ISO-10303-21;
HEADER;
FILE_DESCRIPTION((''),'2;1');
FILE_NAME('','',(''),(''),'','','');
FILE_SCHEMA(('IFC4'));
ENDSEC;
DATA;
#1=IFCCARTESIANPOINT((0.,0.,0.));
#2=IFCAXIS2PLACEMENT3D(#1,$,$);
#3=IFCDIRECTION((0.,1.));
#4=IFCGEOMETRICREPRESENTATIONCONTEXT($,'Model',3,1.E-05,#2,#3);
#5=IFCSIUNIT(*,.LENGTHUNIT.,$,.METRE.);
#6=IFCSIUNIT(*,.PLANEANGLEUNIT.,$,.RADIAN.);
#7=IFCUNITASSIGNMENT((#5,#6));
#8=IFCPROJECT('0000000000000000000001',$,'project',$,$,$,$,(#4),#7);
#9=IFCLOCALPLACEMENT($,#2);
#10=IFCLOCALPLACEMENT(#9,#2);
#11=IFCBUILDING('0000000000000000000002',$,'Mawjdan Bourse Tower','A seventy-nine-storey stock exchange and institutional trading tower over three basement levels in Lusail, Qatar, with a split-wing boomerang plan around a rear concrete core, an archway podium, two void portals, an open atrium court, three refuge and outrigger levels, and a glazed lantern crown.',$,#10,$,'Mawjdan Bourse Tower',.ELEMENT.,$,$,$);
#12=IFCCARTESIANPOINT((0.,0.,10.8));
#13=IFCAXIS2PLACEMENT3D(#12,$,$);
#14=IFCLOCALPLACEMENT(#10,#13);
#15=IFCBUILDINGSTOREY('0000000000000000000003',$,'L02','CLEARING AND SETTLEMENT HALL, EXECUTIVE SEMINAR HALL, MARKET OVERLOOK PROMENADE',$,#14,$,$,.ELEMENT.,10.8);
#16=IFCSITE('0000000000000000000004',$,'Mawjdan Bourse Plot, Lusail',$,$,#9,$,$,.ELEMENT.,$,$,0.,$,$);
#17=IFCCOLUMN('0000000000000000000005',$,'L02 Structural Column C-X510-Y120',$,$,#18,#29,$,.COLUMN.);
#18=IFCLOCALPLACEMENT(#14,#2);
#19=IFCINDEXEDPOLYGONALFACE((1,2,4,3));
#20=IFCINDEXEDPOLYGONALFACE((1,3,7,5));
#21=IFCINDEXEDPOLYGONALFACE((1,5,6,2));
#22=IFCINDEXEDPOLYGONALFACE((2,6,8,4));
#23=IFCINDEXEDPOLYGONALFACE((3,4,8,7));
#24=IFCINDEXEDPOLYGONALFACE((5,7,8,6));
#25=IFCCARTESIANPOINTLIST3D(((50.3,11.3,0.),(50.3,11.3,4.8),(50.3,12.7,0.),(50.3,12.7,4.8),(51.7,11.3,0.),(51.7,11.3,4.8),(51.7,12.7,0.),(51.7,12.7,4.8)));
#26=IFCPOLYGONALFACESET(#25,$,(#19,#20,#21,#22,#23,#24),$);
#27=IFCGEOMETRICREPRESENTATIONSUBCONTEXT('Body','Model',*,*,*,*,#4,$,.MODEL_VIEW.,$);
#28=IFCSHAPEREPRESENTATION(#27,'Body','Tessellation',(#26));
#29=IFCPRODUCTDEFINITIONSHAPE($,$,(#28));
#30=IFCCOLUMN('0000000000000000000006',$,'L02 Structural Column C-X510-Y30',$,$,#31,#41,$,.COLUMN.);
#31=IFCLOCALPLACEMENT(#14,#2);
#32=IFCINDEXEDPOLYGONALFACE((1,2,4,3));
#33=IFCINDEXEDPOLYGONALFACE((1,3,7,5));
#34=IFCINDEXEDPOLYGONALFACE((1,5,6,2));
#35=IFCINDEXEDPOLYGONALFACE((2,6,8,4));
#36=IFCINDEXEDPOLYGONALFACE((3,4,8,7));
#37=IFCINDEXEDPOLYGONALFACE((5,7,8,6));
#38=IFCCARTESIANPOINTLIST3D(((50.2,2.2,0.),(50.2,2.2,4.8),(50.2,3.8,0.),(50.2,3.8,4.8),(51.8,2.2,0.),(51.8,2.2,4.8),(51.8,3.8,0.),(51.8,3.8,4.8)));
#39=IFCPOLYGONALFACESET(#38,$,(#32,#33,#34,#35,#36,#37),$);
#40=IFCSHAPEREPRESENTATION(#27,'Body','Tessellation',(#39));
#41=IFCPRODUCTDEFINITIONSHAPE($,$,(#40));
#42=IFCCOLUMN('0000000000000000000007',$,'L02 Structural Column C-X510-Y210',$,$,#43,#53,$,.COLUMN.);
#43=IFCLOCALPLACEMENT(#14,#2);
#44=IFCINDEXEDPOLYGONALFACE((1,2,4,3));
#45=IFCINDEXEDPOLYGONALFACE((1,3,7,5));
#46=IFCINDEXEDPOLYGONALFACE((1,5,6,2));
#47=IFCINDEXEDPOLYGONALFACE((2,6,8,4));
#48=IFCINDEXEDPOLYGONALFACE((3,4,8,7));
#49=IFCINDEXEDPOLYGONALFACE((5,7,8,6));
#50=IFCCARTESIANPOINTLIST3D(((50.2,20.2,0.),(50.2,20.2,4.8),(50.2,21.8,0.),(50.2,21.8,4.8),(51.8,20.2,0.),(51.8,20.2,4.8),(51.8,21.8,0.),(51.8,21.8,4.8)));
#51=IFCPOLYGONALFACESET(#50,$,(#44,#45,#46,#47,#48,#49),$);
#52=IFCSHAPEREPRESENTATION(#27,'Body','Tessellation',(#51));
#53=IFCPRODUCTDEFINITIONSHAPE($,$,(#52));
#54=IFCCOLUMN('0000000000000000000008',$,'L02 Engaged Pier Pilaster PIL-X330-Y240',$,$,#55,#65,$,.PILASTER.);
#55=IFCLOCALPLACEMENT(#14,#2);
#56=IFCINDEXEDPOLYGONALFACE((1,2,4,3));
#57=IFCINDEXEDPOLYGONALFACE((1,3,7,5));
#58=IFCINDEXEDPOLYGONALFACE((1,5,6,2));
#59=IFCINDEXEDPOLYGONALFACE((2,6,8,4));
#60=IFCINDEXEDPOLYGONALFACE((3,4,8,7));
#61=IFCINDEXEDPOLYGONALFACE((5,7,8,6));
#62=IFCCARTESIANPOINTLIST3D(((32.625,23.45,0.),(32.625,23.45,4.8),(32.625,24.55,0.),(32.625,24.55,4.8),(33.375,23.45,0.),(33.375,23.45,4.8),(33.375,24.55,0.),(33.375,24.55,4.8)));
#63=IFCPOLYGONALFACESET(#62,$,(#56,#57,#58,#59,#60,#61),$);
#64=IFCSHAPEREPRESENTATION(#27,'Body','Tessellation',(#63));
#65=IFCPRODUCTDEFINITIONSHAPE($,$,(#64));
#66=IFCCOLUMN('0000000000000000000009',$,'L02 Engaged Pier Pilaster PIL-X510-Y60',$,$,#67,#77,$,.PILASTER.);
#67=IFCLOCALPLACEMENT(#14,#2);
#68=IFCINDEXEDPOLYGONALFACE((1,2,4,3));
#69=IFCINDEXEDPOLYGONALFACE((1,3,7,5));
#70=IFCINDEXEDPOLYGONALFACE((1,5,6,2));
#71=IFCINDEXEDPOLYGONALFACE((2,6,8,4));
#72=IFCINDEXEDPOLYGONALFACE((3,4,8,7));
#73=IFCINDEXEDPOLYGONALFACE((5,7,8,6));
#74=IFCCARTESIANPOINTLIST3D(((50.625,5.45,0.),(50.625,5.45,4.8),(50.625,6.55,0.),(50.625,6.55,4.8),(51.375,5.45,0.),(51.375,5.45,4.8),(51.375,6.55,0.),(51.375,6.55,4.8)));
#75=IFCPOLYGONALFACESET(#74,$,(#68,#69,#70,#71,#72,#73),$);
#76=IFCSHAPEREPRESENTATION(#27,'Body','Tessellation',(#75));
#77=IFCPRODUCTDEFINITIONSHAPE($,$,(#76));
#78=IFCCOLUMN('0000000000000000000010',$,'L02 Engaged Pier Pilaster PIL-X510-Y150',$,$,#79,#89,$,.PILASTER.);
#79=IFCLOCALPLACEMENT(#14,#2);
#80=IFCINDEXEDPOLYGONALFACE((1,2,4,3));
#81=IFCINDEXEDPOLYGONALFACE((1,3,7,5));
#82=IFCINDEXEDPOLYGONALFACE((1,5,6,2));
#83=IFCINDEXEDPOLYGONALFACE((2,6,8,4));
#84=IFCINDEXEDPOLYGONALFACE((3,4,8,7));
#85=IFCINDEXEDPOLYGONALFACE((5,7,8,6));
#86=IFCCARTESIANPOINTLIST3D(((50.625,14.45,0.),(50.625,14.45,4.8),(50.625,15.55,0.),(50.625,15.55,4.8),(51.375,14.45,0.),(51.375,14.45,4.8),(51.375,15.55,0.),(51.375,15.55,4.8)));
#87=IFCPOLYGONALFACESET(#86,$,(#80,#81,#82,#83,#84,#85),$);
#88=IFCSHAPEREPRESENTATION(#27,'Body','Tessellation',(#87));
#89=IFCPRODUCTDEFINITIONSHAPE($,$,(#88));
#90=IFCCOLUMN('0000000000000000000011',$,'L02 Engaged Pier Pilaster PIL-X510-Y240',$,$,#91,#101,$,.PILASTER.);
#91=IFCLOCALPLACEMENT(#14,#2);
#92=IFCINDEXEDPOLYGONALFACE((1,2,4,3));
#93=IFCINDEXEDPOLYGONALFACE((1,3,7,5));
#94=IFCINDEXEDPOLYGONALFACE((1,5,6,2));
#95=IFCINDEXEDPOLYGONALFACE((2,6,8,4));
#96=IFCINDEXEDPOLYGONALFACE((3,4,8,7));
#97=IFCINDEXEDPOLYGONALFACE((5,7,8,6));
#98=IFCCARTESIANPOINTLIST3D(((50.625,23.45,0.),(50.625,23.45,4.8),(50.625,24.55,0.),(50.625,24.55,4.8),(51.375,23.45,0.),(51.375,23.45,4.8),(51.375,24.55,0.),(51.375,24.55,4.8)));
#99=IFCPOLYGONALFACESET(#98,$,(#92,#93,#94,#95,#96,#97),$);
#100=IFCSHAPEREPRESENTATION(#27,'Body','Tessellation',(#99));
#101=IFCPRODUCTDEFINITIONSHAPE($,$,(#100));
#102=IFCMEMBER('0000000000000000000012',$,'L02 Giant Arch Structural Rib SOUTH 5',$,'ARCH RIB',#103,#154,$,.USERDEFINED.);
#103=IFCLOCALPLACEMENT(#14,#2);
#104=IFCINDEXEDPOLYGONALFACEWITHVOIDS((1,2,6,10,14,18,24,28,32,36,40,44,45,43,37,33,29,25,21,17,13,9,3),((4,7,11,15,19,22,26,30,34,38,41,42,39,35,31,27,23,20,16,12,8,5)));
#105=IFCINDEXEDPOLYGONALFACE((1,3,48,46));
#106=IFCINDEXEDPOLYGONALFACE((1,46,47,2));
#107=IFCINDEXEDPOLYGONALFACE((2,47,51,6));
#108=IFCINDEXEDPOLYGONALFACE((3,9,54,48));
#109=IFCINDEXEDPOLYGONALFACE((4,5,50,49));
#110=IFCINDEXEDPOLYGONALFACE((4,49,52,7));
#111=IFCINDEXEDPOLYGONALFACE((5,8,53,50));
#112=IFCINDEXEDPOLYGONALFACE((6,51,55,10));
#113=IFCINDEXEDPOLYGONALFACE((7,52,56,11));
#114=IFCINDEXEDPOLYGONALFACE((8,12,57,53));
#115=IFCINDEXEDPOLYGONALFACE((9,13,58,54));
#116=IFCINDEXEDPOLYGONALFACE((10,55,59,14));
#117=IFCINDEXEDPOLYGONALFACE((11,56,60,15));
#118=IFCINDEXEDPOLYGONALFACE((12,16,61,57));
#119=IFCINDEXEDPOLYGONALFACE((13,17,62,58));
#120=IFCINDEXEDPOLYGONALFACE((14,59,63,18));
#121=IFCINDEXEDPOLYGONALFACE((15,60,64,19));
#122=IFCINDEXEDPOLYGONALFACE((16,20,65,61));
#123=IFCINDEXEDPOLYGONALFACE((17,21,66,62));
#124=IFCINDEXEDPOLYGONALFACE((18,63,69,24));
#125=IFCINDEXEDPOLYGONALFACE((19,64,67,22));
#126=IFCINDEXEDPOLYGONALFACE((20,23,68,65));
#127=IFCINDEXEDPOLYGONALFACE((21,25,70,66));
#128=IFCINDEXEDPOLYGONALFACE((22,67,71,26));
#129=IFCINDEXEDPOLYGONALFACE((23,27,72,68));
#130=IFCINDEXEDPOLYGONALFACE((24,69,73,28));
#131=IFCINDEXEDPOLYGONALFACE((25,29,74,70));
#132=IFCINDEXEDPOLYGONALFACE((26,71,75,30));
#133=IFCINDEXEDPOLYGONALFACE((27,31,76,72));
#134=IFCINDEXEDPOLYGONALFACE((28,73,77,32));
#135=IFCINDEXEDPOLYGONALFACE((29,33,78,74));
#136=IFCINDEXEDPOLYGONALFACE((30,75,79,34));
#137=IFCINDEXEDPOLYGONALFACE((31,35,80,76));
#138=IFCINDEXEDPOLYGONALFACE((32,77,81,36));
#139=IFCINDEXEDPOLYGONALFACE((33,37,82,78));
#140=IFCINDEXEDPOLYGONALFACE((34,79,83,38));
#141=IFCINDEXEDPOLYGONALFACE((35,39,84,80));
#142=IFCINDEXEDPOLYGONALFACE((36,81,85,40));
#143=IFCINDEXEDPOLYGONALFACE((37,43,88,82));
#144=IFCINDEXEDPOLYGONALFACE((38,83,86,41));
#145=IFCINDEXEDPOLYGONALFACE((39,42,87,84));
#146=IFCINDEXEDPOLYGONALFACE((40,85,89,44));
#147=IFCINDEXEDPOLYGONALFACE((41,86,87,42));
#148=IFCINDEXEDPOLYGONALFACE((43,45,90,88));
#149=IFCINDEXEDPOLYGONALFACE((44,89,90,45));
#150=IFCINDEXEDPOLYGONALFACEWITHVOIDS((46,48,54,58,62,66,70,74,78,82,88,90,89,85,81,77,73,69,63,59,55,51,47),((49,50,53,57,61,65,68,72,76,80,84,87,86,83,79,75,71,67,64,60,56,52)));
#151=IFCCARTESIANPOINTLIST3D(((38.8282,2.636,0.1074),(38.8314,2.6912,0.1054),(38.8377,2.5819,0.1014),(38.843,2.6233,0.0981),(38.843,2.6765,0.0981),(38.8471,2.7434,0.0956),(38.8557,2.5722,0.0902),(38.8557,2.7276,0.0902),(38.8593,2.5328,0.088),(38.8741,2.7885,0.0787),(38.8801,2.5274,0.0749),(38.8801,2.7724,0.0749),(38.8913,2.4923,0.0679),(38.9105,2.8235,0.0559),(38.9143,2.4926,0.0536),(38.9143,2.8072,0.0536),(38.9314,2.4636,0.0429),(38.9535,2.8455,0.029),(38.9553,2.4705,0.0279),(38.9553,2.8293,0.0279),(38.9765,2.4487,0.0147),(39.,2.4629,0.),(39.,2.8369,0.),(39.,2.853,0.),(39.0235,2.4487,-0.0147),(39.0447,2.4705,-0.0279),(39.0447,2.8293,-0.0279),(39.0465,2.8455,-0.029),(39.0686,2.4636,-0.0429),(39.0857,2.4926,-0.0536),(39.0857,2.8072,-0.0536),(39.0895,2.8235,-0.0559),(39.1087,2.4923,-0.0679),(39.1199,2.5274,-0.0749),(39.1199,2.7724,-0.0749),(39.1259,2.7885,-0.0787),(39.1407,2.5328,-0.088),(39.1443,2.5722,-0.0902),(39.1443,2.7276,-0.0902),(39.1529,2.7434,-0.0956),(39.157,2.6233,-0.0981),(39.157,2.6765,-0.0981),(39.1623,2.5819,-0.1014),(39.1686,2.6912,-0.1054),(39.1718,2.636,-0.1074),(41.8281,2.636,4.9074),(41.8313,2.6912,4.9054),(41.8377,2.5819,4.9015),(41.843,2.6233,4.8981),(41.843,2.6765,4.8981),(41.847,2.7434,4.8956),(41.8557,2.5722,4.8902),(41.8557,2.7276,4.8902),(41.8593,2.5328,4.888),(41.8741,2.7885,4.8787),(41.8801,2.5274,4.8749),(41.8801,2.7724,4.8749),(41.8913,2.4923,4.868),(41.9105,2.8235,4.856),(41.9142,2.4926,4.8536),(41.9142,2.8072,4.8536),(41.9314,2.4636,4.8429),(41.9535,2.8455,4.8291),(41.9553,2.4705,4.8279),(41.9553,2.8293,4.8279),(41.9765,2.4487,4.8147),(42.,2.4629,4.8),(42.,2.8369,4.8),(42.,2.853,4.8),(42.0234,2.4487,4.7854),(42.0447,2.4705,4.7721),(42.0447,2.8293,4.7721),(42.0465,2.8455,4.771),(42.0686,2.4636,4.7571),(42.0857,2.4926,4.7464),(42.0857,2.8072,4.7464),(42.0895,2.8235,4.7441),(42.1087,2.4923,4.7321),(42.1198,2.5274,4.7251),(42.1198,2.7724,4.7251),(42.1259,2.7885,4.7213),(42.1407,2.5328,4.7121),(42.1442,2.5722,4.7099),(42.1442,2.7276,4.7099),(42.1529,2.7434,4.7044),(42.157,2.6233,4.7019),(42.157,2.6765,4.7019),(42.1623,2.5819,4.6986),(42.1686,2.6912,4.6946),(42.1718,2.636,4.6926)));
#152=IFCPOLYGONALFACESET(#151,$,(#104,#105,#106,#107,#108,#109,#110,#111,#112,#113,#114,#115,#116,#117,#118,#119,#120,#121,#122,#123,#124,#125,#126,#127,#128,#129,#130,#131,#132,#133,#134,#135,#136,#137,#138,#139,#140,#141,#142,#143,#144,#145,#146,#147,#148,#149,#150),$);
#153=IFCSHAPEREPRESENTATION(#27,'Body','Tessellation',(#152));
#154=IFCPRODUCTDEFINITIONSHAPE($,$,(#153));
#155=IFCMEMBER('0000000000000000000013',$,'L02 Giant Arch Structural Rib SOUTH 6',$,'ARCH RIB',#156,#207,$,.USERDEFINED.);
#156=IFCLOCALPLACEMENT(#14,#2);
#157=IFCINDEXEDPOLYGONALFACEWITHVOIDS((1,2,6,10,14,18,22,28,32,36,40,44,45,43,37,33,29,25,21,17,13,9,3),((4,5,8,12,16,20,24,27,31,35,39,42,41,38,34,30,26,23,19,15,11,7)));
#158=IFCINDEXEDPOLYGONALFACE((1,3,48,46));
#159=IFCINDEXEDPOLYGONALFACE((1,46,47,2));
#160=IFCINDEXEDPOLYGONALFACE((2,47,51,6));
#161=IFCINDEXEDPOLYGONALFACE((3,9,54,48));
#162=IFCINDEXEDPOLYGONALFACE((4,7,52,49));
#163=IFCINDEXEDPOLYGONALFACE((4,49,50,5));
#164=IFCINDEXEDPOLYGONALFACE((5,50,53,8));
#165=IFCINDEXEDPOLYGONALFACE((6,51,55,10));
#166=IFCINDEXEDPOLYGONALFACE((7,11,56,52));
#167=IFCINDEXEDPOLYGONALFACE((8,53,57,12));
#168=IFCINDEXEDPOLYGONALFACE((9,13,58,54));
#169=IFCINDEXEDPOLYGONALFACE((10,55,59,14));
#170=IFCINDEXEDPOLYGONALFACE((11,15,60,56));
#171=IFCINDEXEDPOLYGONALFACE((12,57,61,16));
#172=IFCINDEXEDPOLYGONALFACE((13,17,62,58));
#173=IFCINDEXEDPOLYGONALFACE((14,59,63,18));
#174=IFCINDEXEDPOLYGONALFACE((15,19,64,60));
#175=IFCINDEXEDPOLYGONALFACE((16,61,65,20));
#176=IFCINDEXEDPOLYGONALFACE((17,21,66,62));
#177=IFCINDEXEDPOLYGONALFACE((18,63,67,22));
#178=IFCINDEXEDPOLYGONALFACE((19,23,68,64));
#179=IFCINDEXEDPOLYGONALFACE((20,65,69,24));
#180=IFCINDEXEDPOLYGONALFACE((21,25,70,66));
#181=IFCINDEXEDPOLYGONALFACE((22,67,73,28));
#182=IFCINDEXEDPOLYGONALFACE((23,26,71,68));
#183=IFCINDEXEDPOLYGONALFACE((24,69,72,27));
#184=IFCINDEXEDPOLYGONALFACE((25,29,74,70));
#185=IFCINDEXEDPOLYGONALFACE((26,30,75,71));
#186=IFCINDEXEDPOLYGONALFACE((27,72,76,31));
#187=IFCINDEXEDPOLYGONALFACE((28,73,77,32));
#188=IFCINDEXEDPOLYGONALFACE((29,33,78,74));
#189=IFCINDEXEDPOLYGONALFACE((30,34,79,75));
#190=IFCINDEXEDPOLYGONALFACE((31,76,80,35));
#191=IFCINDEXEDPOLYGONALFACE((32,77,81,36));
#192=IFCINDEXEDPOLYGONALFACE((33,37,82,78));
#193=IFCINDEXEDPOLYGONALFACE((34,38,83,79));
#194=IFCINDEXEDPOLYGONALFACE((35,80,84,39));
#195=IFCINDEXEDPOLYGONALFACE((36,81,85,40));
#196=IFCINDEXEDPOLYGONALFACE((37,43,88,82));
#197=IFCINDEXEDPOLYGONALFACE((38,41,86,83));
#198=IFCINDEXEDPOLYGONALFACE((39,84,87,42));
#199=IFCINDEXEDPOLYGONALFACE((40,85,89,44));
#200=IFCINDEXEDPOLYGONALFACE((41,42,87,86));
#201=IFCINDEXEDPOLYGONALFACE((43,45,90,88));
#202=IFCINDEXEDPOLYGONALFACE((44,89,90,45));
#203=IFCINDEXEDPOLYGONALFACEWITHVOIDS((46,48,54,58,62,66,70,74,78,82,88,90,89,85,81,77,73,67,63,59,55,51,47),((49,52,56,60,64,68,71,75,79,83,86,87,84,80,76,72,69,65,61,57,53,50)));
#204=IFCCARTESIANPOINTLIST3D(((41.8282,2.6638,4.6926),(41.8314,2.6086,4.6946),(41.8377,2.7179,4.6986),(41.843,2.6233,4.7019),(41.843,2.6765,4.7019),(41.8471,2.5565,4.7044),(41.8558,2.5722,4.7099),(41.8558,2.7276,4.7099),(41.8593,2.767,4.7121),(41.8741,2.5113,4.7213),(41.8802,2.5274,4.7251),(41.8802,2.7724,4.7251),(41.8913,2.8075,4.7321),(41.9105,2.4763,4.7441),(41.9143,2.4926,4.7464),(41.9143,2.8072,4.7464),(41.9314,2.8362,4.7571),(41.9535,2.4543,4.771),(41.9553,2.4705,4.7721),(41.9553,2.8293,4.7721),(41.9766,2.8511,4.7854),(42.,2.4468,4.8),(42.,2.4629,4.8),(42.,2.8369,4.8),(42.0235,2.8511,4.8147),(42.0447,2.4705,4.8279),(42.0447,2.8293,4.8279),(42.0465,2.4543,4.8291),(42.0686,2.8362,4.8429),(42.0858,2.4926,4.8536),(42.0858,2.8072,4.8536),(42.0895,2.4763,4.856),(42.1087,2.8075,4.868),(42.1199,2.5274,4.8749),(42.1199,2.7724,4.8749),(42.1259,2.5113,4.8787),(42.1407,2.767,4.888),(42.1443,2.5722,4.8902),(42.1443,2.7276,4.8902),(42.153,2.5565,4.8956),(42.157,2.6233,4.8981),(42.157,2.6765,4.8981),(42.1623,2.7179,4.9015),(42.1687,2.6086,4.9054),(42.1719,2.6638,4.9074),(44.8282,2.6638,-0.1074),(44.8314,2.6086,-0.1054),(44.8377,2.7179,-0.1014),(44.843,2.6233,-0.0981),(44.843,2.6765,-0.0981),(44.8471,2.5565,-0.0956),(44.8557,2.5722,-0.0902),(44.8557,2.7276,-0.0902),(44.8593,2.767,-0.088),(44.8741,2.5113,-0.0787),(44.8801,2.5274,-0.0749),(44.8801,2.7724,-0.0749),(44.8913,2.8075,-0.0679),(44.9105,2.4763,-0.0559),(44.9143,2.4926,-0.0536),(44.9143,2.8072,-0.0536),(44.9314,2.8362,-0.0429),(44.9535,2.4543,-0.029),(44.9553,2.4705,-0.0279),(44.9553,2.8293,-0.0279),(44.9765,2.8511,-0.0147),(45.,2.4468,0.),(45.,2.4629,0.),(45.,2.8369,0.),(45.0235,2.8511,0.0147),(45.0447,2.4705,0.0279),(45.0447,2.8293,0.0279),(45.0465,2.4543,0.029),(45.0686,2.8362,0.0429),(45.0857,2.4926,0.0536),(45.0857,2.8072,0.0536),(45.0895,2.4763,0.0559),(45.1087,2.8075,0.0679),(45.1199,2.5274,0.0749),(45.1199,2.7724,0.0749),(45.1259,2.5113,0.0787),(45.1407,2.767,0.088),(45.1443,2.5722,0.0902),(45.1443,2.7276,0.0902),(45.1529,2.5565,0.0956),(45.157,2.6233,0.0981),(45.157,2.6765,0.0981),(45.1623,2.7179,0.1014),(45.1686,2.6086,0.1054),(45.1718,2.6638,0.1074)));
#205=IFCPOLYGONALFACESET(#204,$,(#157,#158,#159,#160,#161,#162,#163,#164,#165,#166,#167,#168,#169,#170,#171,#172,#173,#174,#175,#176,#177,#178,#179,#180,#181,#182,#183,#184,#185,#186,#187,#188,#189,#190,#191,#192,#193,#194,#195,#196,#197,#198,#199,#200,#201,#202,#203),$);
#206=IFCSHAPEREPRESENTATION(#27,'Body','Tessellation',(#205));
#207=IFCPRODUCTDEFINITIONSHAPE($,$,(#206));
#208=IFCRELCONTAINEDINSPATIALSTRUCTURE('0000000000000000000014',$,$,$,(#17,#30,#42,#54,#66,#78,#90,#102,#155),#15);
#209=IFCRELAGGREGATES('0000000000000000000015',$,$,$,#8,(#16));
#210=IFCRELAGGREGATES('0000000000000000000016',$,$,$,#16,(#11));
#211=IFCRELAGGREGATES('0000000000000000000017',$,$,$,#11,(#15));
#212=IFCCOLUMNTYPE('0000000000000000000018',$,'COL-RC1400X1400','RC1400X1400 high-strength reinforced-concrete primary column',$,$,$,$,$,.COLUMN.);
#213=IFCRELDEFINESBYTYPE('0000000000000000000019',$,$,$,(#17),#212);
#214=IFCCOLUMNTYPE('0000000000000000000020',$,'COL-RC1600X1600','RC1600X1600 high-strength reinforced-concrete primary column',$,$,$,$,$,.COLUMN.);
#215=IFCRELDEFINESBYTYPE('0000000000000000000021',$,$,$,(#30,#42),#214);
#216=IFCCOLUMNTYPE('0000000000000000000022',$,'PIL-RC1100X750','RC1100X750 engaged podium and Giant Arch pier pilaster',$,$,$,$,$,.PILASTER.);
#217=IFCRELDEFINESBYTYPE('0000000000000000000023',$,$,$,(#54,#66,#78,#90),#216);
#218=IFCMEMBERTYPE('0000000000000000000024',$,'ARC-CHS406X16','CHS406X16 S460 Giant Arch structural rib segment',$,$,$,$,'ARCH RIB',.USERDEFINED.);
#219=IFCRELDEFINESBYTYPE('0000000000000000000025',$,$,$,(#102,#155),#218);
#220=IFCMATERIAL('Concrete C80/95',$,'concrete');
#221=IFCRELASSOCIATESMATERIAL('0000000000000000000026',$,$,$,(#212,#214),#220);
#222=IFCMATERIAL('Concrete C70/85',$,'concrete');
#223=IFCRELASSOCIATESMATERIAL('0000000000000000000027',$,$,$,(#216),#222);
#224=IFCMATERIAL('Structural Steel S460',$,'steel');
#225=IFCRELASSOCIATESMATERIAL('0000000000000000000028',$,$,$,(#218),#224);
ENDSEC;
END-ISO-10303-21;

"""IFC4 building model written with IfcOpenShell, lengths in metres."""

from ifc_helpers import new_model, si_unit, direction, frame, origin, origin_2d, place, context, subcontext, project, spatial, rectangle, hollow_circle, extrude, material, material_profile, profile_set, type_object, element, save


model = new_model("IFC4")

# Units and contexts
model_context = context("Model", 3, precision=1e-05, world=origin(), true_north=direction((0.0, 1.0)))
body_context = subcontext(model_context, "Body", "Model", "MODEL_VIEW")
ifc_project = project(units=[si_unit("LENGTHUNIT", "METRE"), si_unit("PLANEANGLEUNIT", "RADIAN")], contexts=[model_context])

# Site, building, storey
site_placement = place(None, origin())
site = spatial("IfcSite", under=ifc_project, at=site_placement, Name="Mawjdan Bourse Plot, Lusail", CompositionType="ELEMENT", RefElevation=0.0)
building_placement = place(site_placement, origin())
building = spatial("IfcBuilding", under=site, at=building_placement, Name="Mawjdan Bourse Tower", Description="A seventy-nine-storey stock exchange and institutional trading tower over three basement levels in Lusail, Qatar, with a split-wing boomerang plan around a rear concrete core, an archway podium, two void portals, an open atrium court, three refuge and outrigger levels, and a glazed lantern crown.", LongName="Mawjdan Bourse Tower", CompositionType="ELEMENT")
storey_placement = place(building_placement, frame((0.0, 0.0, 10.8)))
storey = spatial("IfcBuildingStorey", under=building, at=storey_placement, Name="L02", Description="CLEARING AND SETTLEMENT HALL, EXECUTIVE SEMINAR HALL, MARKET OVERLOOK PROMENADE", CompositionType="ELEMENT", Elevation=10.8)

# Columns
ifc_material_1 = material(Name="Concrete C80/95", Category="concrete")
ifc_material_profile_1 = material_profile(ifc_material_1, rectangle(XDim=1.3999, YDim=1.3999, at=origin_2d()), Name="RC1400X1400")
ifc_profile_set_1 = profile_set([ifc_material_profile_1], Name="Concrete C80/95")
column_type_1 = type_object("IfcColumnType", Name="COL-RC1400X1400", Description="RC1400X1400 high-strength reinforced-concrete primary column", PredefinedType="COLUMN", material=ifc_profile_set_1)
column_placement = place(storey_placement, frame((51.0, 12.0, 0.0), z_axis=(0.0, 0.0, 1.0), x_axis=(1.0, 0.0, 0.0)))
element("IfcColumn", 1, at=column_placement, inside=storey, type_object=column_type_1, Name="L02 Structural Column C-X510-Y120", PredefinedType="COLUMN", context=body_context, shape_type="SweptSolid", body=[
    extrude(rectangle(XDim=1.3999, YDim=1.3999, at=origin_2d()), origin(), (0.0, 0.0, 1.0), 4.8),
])
ifc_material_profile_2 = material_profile(ifc_material_1, rectangle(XDim=1.6001, YDim=1.6001, at=origin_2d()), Name="RC1600X1600")
ifc_profile_set_2 = profile_set([ifc_material_profile_2], Name="Concrete C80/95")
column_type_2 = type_object("IfcColumnType", Name="COL-RC1600X1600", Description="RC1600X1600 high-strength reinforced-concrete primary column", PredefinedType="COLUMN", material=ifc_profile_set_2)
for number, where, z_axis, x_axis, name in (
    (2, (51.0, 3.0, 0.0), (0.0, 0.0, 1.0), (1.0, 0.0, 0.0), "L02 Structural Column C-X510-Y30"),
    (3, (51.0, 21.0, 0.0), (0.0, 0.0, 1.0), (1.0, 0.0, 0.0), "L02 Structural Column C-X510-Y210"),
):
    element("IfcColumn", number, at=place(storey_placement, frame(where, z_axis=z_axis, x_axis=x_axis)), inside=storey, type_object=column_type_2, Name=name, PredefinedType="COLUMN", context=body_context, shape_type="SweptSolid", body=[
        extrude(rectangle(XDim=1.6001, YDim=1.6001, at=origin_2d()), origin(), (0.0, 0.0, 1.0), 4.8),
    ])
ifc_material_2 = material(Name="Concrete C70/85", Category="concrete")
ifc_material_profile_3 = material_profile(ifc_material_2, rectangle(XDim=0.75, YDim=1.1001, at=origin_2d()), Name="RC1100X750")
ifc_profile_set_3 = profile_set([ifc_material_profile_3], Name="Concrete C70/85")
column_type_3 = type_object("IfcColumnType", Name="PIL-RC1100X750", Description="RC1100X750 engaged podium and Giant Arch pier pilaster", PredefinedType="PILASTER", material=ifc_profile_set_3)
for number, where, z_axis, x_axis, name in (
    (4, (33.0, 24.0, 0.0), (0.0, 0.0, 1.0), (1.0, 0.0, 0.0), "L02 Engaged Pier Pilaster PIL-X330-Y240"),
    (5, (51.0, 6.0, 0.0), (0.0, 0.0, 1.0), (1.0, 0.0, 0.0), "L02 Engaged Pier Pilaster PIL-X510-Y60"),
    (6, (51.0, 15.0, 0.0), (0.0, 0.0, 1.0), (1.0, 0.0, 0.0), "L02 Engaged Pier Pilaster PIL-X510-Y150"),
    (7, (51.0, 24.0, 0.0), (0.0, 0.0, 1.0), (1.0, 0.0, 0.0), "L02 Engaged Pier Pilaster PIL-X510-Y240"),
):
    element("IfcColumn", number, at=place(storey_placement, frame(where, z_axis=z_axis, x_axis=x_axis)), inside=storey, type_object=column_type_3, Name=name, PredefinedType="PILASTER", context=body_context, shape_type="SweptSolid", body=[
        extrude(rectangle(XDim=0.75, YDim=1.1001, at=origin_2d()), origin(), (0.0, 0.0, 1.0), 4.8),
    ])

# Members
ifc_material_3 = material(Name="Structural Steel S460", Category="steel")
ifc_material_profile_4 = material_profile(ifc_material_3, hollow_circle(Radius=0.2031, WallThickness=0.0161, at=origin_2d()), Name="CHS406X16")
ifc_profile_set_4 = profile_set([ifc_material_profile_4], Name="Structural Steel S460")
member_type = type_object("IfcMemberType", Name="ARC-CHS406X16", Description="CHS406X16 S460 Giant Arch structural rib segment", ElementType="ARCH RIB", PredefinedType="USERDEFINED", material=ifc_profile_set_4)
for number, where, z_axis, x_axis, name in (
    (8, (39.0, 2.6499, 0.0), (0.529995, 0.0, 0.848001), (0.0, 1.0, 0.0), "L02 Giant Arch Structural Rib SOUTH 5"),
    (9, (45.0, 2.6499, 0.0), (-0.529995, 0.0, 0.848001), (0.0, -1.0, 0.0), "L02 Giant Arch Structural Rib SOUTH 6"),
):
    element("IfcMember", number, at=place(storey_placement, frame(where, z_axis=z_axis, x_axis=x_axis)), inside=storey, type_object=member_type, Name=name, ObjectType="ARCH RIB", PredefinedType="USERDEFINED", context=body_context, shape_type="SweptSolid", body=[
        extrude(hollow_circle(Radius=0.2031, WallThickness=0.0161, at=origin_2d()), origin(), (0.0, 0.0, 1.0), 5.6604),
    ])

save(model, "model.ifc")
